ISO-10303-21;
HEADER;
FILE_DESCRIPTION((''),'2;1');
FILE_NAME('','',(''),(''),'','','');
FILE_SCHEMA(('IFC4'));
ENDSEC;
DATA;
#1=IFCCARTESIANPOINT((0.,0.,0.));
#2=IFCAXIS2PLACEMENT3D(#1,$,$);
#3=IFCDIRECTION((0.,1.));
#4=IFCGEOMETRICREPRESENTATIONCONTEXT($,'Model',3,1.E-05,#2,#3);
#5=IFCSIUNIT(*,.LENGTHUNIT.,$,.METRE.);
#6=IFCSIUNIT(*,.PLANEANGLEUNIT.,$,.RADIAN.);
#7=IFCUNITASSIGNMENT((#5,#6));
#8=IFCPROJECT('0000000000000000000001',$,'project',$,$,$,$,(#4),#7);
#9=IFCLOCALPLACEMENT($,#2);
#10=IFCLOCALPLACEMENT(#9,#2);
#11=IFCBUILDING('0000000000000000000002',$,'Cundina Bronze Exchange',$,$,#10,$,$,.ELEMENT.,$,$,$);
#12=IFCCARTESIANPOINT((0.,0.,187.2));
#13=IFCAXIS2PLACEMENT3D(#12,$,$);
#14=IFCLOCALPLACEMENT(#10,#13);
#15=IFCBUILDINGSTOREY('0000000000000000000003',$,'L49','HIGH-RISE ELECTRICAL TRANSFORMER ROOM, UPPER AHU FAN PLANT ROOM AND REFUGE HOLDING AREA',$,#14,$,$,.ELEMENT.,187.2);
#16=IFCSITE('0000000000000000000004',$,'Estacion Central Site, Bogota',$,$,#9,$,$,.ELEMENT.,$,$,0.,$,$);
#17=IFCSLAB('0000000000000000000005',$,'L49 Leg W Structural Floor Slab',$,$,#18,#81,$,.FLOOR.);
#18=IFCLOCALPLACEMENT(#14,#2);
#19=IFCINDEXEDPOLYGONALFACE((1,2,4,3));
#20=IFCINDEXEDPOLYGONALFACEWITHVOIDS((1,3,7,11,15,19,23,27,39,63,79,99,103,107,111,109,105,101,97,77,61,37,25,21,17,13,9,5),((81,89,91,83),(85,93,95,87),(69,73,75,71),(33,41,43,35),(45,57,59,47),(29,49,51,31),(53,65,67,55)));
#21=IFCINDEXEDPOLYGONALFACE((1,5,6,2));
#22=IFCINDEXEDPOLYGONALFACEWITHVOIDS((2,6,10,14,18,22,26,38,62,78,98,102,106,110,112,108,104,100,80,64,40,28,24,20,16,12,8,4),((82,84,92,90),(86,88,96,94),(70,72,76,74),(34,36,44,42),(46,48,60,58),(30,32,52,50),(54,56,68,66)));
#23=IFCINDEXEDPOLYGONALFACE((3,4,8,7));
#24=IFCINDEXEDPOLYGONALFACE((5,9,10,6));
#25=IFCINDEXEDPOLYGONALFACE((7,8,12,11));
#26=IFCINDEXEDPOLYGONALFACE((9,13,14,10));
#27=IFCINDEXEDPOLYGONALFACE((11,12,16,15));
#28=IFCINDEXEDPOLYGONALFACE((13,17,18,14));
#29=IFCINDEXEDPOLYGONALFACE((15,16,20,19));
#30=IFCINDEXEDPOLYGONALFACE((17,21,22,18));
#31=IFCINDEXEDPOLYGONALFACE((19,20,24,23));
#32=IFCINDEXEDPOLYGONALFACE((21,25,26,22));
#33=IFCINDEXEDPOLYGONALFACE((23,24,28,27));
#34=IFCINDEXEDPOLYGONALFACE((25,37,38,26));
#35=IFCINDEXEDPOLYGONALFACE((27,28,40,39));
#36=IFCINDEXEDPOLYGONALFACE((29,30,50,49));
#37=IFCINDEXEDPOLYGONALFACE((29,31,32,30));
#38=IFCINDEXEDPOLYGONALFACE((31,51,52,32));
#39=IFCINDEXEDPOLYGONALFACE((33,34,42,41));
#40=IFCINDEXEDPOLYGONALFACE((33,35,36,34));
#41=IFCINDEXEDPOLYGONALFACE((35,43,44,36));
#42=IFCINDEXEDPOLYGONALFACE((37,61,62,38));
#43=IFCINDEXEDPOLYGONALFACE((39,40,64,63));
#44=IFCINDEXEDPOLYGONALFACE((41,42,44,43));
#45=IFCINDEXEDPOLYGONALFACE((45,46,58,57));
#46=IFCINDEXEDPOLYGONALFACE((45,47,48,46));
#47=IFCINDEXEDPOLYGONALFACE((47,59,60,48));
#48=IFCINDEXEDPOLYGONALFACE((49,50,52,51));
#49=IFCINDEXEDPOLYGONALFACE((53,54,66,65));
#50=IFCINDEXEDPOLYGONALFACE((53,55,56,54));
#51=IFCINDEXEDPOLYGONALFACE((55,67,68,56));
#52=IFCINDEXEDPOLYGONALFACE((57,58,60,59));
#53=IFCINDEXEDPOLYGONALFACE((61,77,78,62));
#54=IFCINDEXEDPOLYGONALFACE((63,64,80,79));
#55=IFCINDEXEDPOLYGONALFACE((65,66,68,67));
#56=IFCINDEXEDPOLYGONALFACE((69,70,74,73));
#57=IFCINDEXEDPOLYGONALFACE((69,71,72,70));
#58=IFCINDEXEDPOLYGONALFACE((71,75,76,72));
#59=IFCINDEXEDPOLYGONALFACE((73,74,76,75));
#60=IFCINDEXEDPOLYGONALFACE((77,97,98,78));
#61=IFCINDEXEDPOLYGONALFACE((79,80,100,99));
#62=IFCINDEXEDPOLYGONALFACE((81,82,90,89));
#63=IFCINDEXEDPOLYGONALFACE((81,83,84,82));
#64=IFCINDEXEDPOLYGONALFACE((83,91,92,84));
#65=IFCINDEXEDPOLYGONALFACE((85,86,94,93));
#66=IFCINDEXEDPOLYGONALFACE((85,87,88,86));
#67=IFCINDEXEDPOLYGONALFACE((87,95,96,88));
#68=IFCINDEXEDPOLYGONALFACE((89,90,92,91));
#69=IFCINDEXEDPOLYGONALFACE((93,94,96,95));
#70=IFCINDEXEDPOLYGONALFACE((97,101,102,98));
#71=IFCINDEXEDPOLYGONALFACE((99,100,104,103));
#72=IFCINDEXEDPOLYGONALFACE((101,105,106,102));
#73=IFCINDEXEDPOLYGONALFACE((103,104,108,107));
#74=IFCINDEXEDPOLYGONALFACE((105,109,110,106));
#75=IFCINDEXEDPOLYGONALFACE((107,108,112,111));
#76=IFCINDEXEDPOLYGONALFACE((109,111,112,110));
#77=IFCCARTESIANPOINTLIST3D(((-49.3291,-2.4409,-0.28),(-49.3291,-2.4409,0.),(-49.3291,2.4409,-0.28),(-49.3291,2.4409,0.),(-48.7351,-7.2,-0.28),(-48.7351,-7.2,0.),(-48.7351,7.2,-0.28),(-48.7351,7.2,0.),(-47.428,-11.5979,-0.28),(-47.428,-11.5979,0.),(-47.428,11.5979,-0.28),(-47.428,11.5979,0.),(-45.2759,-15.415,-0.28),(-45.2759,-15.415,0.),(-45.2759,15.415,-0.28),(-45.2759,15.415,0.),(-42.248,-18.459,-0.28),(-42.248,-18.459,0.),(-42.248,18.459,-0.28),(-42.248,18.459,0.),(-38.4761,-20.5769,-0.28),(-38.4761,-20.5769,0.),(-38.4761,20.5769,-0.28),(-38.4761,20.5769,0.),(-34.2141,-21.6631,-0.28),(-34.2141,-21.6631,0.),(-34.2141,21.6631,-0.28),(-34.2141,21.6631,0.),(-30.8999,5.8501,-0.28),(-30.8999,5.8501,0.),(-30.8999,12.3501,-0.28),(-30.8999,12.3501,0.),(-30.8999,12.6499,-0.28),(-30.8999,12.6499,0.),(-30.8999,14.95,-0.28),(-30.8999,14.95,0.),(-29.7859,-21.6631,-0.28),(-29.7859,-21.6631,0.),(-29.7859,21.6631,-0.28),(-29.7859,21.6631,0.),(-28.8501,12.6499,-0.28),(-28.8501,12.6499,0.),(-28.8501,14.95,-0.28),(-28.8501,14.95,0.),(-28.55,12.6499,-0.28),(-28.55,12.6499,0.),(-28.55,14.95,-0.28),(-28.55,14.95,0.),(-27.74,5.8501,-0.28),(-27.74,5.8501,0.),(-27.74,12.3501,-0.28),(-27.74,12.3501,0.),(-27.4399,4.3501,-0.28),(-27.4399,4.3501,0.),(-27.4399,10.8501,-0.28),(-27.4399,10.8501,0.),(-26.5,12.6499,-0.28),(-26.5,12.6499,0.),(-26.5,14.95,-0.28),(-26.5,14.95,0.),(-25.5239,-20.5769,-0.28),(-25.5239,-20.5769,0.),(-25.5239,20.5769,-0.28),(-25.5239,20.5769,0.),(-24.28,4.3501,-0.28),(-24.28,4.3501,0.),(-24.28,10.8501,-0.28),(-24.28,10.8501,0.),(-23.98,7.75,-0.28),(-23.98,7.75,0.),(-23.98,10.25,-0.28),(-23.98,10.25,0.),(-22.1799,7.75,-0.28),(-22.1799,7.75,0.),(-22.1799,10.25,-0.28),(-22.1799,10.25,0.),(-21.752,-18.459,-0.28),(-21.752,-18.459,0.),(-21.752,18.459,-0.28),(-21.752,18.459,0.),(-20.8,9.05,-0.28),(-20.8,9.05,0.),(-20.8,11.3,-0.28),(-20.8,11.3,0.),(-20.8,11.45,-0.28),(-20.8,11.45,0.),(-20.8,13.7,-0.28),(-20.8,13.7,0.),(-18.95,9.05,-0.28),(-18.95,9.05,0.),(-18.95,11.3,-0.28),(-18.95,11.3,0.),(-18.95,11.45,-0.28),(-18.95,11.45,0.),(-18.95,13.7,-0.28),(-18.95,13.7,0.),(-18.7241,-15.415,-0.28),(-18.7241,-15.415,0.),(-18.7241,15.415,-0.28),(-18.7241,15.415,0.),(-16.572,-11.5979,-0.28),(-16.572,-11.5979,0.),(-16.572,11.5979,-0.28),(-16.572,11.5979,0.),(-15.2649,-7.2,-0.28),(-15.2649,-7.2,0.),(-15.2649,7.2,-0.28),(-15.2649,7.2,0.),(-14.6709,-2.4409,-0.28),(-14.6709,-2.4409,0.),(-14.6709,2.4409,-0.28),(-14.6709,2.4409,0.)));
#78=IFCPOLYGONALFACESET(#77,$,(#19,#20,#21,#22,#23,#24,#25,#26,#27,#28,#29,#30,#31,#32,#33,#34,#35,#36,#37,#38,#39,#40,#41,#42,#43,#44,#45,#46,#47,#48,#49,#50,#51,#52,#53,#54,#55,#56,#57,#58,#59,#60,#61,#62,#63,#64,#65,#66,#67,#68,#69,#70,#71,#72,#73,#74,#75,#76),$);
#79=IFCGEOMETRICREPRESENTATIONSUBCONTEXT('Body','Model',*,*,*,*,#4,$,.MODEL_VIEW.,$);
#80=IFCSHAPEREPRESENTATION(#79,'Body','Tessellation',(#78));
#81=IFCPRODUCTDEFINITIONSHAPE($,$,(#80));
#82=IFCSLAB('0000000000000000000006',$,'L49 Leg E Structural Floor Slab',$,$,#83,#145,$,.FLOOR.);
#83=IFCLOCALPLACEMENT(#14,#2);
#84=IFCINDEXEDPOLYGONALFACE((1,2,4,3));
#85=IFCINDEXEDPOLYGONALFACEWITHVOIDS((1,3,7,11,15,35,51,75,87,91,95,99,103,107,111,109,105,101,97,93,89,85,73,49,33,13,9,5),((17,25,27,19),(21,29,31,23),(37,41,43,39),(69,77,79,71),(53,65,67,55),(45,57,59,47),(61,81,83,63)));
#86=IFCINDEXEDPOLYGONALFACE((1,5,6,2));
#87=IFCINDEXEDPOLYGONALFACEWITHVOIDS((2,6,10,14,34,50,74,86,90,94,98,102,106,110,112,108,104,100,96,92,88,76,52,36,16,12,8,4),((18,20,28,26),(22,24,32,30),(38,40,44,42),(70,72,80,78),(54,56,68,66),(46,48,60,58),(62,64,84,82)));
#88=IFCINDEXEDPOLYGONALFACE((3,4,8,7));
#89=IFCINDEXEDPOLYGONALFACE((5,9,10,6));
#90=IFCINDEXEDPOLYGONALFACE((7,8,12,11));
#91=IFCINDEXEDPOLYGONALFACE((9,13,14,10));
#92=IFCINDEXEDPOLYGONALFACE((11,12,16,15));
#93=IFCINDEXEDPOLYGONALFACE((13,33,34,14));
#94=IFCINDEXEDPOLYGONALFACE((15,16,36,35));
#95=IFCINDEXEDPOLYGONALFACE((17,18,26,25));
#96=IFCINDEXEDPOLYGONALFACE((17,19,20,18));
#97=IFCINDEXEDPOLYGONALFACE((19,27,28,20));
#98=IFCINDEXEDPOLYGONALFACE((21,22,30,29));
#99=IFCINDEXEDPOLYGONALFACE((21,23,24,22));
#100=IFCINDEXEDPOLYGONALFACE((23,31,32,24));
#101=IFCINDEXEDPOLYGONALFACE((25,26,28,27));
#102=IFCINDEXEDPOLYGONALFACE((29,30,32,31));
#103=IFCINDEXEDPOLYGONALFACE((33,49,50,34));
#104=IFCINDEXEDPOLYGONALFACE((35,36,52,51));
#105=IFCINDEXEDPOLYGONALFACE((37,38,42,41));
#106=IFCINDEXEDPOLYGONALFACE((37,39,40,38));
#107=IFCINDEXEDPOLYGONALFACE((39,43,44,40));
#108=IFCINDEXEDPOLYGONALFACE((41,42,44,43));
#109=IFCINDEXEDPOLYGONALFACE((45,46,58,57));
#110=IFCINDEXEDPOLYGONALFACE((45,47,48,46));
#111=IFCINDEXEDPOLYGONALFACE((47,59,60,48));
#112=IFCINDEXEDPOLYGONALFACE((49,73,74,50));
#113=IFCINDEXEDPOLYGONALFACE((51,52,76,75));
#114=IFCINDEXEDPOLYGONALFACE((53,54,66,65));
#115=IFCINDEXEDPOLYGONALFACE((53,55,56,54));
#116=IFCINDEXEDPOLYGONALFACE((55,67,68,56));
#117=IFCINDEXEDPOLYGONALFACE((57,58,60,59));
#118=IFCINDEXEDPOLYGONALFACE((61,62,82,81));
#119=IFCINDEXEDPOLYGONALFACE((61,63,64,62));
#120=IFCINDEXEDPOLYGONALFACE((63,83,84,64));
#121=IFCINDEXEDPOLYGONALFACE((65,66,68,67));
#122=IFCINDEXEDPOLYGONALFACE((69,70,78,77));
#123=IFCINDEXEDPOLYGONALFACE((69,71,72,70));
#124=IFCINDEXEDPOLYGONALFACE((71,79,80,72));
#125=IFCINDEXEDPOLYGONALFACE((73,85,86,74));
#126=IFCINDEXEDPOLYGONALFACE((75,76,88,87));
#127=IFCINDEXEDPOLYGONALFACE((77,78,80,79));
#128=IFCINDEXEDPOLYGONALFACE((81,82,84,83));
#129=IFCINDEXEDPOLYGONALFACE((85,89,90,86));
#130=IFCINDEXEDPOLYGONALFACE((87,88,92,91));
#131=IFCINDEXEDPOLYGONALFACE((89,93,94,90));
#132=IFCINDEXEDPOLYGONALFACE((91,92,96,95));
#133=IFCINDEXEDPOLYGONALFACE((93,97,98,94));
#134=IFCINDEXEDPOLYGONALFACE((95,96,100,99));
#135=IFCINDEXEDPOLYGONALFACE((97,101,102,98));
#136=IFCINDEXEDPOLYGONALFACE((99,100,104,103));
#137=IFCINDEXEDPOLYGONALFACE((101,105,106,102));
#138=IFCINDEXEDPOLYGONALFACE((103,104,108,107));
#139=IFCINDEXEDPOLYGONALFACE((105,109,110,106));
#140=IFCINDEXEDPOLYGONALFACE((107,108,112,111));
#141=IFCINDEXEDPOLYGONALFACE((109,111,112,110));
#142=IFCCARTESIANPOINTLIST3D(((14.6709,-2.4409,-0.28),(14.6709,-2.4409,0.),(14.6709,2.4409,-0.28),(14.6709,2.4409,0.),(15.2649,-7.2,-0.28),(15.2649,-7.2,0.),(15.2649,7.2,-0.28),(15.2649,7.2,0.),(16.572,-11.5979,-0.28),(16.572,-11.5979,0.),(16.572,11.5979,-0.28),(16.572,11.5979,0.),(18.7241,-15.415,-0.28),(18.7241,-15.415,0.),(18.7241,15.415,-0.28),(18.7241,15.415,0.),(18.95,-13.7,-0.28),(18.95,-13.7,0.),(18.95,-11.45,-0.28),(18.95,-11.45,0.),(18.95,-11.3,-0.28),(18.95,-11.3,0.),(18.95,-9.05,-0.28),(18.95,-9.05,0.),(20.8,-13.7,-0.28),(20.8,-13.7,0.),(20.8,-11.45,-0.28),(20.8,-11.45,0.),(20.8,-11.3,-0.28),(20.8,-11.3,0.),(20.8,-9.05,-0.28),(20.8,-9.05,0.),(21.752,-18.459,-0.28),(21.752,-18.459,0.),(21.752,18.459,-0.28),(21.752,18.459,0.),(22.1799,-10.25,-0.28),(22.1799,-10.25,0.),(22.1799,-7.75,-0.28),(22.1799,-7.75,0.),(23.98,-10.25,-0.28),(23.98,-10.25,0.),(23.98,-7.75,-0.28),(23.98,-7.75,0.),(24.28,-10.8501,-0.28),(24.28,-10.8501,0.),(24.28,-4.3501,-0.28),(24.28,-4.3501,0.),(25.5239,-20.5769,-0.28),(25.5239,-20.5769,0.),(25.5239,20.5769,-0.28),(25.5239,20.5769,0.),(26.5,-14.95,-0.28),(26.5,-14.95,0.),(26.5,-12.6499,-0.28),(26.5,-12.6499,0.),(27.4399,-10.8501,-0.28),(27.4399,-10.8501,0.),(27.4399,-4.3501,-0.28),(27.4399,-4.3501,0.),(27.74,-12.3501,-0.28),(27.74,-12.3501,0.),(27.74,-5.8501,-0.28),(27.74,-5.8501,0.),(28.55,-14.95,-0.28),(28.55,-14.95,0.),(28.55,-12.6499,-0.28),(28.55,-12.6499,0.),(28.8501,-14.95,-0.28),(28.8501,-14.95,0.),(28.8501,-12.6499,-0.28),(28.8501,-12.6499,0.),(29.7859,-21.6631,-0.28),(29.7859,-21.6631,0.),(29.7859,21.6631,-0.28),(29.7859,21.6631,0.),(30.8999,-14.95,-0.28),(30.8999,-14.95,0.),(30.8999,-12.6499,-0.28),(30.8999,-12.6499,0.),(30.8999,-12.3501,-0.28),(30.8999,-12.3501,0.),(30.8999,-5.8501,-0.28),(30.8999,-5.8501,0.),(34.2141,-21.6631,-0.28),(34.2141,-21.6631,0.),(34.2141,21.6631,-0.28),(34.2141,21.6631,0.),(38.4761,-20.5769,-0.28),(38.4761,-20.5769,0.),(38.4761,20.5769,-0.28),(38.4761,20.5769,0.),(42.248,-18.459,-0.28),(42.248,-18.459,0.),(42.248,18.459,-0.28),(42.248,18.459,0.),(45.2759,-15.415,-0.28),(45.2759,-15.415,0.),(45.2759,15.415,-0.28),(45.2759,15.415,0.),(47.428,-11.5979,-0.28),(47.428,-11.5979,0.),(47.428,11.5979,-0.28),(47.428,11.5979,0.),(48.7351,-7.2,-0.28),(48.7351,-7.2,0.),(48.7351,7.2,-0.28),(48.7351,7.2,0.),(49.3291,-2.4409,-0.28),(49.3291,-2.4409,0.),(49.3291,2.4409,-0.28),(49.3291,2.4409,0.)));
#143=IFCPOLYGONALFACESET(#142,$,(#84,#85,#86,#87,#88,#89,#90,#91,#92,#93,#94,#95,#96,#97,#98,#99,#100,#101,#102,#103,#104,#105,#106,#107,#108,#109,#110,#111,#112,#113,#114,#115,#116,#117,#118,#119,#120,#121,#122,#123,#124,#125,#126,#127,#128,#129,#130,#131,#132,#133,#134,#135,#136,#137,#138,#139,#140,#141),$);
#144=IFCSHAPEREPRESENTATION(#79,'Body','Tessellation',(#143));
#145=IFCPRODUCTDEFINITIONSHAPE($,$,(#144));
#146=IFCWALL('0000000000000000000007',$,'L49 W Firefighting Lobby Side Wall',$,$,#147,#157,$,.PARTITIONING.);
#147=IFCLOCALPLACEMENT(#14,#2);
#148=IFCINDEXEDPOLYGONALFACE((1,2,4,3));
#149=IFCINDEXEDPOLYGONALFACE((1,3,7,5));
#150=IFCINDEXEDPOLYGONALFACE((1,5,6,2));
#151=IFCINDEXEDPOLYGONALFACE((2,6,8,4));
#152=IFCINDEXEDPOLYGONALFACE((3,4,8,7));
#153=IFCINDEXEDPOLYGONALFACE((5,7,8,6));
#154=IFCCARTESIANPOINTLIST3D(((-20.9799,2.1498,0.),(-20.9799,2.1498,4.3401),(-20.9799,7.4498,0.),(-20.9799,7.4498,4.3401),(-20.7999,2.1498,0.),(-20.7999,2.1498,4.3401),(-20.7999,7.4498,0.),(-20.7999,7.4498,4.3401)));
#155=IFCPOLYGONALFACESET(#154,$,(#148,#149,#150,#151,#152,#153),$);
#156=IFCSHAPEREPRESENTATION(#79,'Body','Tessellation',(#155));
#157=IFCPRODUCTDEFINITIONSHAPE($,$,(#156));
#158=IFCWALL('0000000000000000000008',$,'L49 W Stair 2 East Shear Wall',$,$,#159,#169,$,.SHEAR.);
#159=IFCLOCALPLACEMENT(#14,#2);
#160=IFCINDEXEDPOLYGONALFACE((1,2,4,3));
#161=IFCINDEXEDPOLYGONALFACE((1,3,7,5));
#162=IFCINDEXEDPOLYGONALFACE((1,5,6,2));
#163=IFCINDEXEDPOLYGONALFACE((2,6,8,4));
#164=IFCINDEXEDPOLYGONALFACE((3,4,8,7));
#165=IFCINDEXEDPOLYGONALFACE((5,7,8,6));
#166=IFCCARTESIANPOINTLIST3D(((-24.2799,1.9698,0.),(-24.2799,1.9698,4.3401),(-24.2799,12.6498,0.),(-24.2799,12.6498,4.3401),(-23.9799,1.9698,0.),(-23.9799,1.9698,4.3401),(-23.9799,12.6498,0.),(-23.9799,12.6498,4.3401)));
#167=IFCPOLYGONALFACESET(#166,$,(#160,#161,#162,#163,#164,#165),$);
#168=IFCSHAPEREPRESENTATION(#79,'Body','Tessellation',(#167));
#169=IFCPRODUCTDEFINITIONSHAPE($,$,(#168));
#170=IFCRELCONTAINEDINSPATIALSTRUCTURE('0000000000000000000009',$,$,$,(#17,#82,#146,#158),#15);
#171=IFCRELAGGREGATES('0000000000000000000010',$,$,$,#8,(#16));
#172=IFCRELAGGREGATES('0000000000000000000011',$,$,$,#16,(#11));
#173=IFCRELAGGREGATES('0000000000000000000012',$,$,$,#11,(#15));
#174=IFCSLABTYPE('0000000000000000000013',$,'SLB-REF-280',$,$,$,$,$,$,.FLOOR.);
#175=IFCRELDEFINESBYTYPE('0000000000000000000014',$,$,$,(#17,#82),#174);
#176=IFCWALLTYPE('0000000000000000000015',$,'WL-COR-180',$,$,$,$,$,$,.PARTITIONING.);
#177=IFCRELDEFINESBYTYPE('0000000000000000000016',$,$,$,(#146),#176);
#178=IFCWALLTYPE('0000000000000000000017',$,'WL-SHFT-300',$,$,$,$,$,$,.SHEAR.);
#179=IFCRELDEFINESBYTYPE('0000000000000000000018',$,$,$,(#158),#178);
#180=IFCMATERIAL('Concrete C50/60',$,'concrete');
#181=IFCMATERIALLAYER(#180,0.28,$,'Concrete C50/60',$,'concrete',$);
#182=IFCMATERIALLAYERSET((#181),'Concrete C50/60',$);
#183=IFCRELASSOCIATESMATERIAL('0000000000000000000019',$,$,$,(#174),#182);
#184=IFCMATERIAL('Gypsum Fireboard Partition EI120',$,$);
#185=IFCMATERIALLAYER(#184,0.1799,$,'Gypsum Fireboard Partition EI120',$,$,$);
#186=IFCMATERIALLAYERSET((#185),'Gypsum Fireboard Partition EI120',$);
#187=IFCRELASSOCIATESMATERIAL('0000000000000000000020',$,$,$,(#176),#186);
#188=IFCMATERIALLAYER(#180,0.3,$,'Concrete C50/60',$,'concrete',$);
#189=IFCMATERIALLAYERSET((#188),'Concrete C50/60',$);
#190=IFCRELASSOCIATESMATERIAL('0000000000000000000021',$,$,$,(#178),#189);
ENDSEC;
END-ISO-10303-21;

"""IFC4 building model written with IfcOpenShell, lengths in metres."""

from ifc_helpers import new_model, si_unit, direction, frame, frame_2d, origin, place, context, subcontext, project, spatial, polyline, rectangle, outline, extrude, material, layer, layer_set, type_object, element, save


model = new_model("IFC4")

# Units and contexts
model_context = context("Model", 3, precision=1e-05, world=origin(), true_north=direction((0.0, 1.0)))
body_context = subcontext(model_context, "Body", "Model", "MODEL_VIEW")
ifc_project = project(units=[si_unit("LENGTHUNIT", "METRE"), si_unit("PLANEANGLEUNIT", "RADIAN")], contexts=[model_context])

# Site, building, storey
site_placement = place(None, origin())
site = spatial("IfcSite", under=ifc_project, at=site_placement, Name="Estacion Central Site, Bogota", CompositionType="ELEMENT", RefElevation=0.0)
building_placement = place(site_placement, origin())
building = spatial("IfcBuilding", under=site, at=building_placement, Name="Cundina Bronze Exchange", CompositionType="ELEMENT")
storey_placement = place(building_placement, frame((0.0, 0.0, 187.2)))
storey = spatial("IfcBuildingStorey", under=building, at=storey_placement, Name="L49", Description="HIGH-RISE ELECTRICAL TRANSFORMER ROOM, UPPER AHU FAN PLANT ROOM AND REFUGE HOLDING AREA", CompositionType="ELEMENT", Elevation=187.2)

# Shared definitions
ifc_material_1 = material(Name="Concrete C50/60", Category="concrete")

# Slabs
ifc_layer_1 = layer(ifc_material_1, 0.28, Name="Concrete C50/60", Category="concrete")
ifc_layer_set_1 = layer_set([ifc_layer_1], Name="Concrete C50/60")
slab_type = type_object("IfcSlabType", Name="SLB-REF-280", PredefinedType="FLOOR", material=ifc_layer_set_1)
slab_1_placement = place(storey_placement, frame((0.0, 0.0, -0.28)))
element("IfcSlab", 1, at=slab_1_placement, inside=storey, type_object=slab_type, Name="L49 Leg W Structural Floor Slab", PredefinedType="FLOOR", context=body_context, shape_type="SweptSolid", body=[
    extrude(outline(polyline([(-14.6709, 2.4409), (-15.2649, 7.2), (-16.572, 11.5979), (-18.7241, 15.415), (-21.752, 18.459), (-25.5239, 20.5769), (-29.7859, 21.6631), (-34.2141, 21.6631), (-38.4761, 20.5769), (-42.248, 18.459), (-45.2759, 15.415), (-47.428, 11.5979), (-48.7351, 7.2), (-49.3291, 2.4409), (-49.3291, -2.4409), (-48.7351, -7.2), (-47.428, -11.5979), (-45.2759, -15.415), (-42.248, -18.459), (-38.4761, -20.5769), (-34.2141, -21.6631), (-29.7859, -21.6631), (-25.5239, -20.5769), (-21.752, -18.459), (-18.7241, -15.415), (-16.572, -11.5979), (-15.2649, -7.2), (-14.6709, -2.4409), (-14.6709, 2.4409)]), holes=[polyline([(-27.74, 5.8501), (-27.74, 12.3501), (-30.8999, 12.3501), (-30.8999, 5.8501), (-27.74, 5.8501)]), polyline([(-27.4399, 10.8501), (-27.4399, 4.3501), (-24.28, 4.3501), (-24.28, 10.8501), (-27.4399, 10.8501)]), polyline([(-23.98, 10.25), (-22.1799, 10.25), (-22.1799, 7.75), (-23.98, 7.75), (-23.98, 10.25)]), polyline([(-30.8999, 14.95), (-28.8501, 14.95), (-28.8501, 12.6499), (-30.8999, 12.6499), (-30.8999, 14.95)]), polyline([(-28.55, 14.95), (-26.5, 14.95), (-26.5, 12.6499), (-28.55, 12.6499), (-28.55, 14.95)]), polyline([(-20.8, 13.7), (-18.95, 13.7), (-18.95, 11.45), (-20.8, 11.45), (-20.8, 13.7)]), polyline([(-20.8, 11.3), (-18.95, 11.3), (-18.95, 9.05), (-20.8, 9.05), (-20.8, 11.3)])]), origin(), (0.0, 0.0, 1.0), 0.28),
])
slab_2_placement = place(storey_placement, frame((0.0, 0.0, -0.28)))
element("IfcSlab", 2, at=slab_2_placement, inside=storey, type_object=slab_type, Name="L49 Leg E Structural Floor Slab", PredefinedType="FLOOR", context=body_context, shape_type="SweptSolid", body=[
    extrude(outline(polyline([(49.3291, 2.4409), (48.7351, 7.2), (47.428, 11.5979), (45.2759, 15.415), (42.248, 18.459), (38.4761, 20.5769), (34.2141, 21.6631), (29.7859, 21.6631), (25.5239, 20.5769), (21.752, 18.459), (18.7241, 15.415), (16.572, 11.5979), (15.2649, 7.2), (14.6709, 2.4409), (14.6709, -2.4409), (15.2649, -7.2), (16.572, -11.5979), (18.7241, -15.415), (21.752, -18.459), (25.5239, -20.5769), (29.7859, -21.6631), (34.2141, -21.6631), (38.4761, -20.5769), (42.248, -18.459), (45.2759, -15.415), (47.428, -11.5979), (48.7351, -7.2), (49.3291, -2.4409), (49.3291, 2.4409)]), holes=[polyline([(27.74, -5.8501), (27.74, -12.3501), (30.8999, -12.3501), (30.8999, -5.8501), (27.74, -5.8501)]), polyline([(27.4399, -10.8501), (27.4399, -4.3501), (24.28, -4.3501), (24.28, -10.8501), (27.4399, -10.8501)]), polyline([(22.1799, -7.75), (23.98, -7.75), (23.98, -10.25), (22.1799, -10.25), (22.1799, -7.75)]), polyline([(28.8501, -12.6499), (30.8999, -12.6499), (30.8999, -14.95), (28.8501, -14.95), (28.8501, -12.6499)]), polyline([(26.5, -12.6499), (28.55, -12.6499), (28.55, -14.95), (26.5, -14.95), (26.5, -12.6499)]), polyline([(18.95, -11.45), (20.8, -11.45), (20.8, -13.7), (18.95, -13.7), (18.95, -11.45)]), polyline([(18.95, -9.05), (20.8, -9.05), (20.8, -11.3), (18.95, -11.3), (18.95, -9.05)])]), origin(), (0.0, 0.0, 1.0), 0.28),
])

# Wall
ifc_material_2 = material(Name="Gypsum Fireboard Partition EI120")
ifc_layer_2 = layer(ifc_material_2, 0.1799, Name="Gypsum Fireboard Partition EI120")
ifc_layer_set_2 = layer_set([ifc_layer_2], Name="Gypsum Fireboard Partition EI120")
wall_type_1 = type_object("IfcWallType", Name="WL-COR-180", PredefinedType="PARTITIONING", material=ifc_layer_set_2)
wall_1_placement = place(storey_placement, frame((-20.8899, 2.1499, 0.0), z_axis=(0.0, 0.0, 1.0), x_axis=(0.0, 1.0, 0.0)))
element("IfcWall", 3, at=wall_1_placement, inside=storey, type_object=wall_type_1, Name="L49 W Firefighting Lobby Side Wall", PredefinedType="PARTITIONING", context=body_context, shape_type="SweptSolid", body=[
    extrude(rectangle(XDim=5.3, YDim=0.1799, at=frame_2d((2.6499, 0.0))), origin(), (0.0, 0.0, 1.0), 4.3401),
])

# Wall
ifc_layer_3 = layer(ifc_material_1, 0.3, Name="Concrete C50/60", Category="concrete")
ifc_layer_set_3 = layer_set([ifc_layer_3], Name="Concrete C50/60")
wall_type_2 = type_object("IfcWallType", Name="WL-SHFT-300", PredefinedType="SHEAR", material=ifc_layer_set_3)
wall_2_placement = place(storey_placement, frame((-24.1299, 1.97, 0.0), z_axis=(0.0, 0.0, 1.0), x_axis=(0.0, 1.0, 0.0)))
element("IfcWall", 4, at=wall_2_placement, inside=storey, type_object=wall_type_2, Name="L49 W Stair 2 East Shear Wall", PredefinedType="SHEAR", context=body_context, shape_type="SweptSolid", body=[
    extrude(rectangle(XDim=10.6799, YDim=0.3, at=frame_2d((5.3398, 0.0))), origin(), (0.0, 0.0, 1.0), 4.3401),
])

save(model, "model.ifc")
